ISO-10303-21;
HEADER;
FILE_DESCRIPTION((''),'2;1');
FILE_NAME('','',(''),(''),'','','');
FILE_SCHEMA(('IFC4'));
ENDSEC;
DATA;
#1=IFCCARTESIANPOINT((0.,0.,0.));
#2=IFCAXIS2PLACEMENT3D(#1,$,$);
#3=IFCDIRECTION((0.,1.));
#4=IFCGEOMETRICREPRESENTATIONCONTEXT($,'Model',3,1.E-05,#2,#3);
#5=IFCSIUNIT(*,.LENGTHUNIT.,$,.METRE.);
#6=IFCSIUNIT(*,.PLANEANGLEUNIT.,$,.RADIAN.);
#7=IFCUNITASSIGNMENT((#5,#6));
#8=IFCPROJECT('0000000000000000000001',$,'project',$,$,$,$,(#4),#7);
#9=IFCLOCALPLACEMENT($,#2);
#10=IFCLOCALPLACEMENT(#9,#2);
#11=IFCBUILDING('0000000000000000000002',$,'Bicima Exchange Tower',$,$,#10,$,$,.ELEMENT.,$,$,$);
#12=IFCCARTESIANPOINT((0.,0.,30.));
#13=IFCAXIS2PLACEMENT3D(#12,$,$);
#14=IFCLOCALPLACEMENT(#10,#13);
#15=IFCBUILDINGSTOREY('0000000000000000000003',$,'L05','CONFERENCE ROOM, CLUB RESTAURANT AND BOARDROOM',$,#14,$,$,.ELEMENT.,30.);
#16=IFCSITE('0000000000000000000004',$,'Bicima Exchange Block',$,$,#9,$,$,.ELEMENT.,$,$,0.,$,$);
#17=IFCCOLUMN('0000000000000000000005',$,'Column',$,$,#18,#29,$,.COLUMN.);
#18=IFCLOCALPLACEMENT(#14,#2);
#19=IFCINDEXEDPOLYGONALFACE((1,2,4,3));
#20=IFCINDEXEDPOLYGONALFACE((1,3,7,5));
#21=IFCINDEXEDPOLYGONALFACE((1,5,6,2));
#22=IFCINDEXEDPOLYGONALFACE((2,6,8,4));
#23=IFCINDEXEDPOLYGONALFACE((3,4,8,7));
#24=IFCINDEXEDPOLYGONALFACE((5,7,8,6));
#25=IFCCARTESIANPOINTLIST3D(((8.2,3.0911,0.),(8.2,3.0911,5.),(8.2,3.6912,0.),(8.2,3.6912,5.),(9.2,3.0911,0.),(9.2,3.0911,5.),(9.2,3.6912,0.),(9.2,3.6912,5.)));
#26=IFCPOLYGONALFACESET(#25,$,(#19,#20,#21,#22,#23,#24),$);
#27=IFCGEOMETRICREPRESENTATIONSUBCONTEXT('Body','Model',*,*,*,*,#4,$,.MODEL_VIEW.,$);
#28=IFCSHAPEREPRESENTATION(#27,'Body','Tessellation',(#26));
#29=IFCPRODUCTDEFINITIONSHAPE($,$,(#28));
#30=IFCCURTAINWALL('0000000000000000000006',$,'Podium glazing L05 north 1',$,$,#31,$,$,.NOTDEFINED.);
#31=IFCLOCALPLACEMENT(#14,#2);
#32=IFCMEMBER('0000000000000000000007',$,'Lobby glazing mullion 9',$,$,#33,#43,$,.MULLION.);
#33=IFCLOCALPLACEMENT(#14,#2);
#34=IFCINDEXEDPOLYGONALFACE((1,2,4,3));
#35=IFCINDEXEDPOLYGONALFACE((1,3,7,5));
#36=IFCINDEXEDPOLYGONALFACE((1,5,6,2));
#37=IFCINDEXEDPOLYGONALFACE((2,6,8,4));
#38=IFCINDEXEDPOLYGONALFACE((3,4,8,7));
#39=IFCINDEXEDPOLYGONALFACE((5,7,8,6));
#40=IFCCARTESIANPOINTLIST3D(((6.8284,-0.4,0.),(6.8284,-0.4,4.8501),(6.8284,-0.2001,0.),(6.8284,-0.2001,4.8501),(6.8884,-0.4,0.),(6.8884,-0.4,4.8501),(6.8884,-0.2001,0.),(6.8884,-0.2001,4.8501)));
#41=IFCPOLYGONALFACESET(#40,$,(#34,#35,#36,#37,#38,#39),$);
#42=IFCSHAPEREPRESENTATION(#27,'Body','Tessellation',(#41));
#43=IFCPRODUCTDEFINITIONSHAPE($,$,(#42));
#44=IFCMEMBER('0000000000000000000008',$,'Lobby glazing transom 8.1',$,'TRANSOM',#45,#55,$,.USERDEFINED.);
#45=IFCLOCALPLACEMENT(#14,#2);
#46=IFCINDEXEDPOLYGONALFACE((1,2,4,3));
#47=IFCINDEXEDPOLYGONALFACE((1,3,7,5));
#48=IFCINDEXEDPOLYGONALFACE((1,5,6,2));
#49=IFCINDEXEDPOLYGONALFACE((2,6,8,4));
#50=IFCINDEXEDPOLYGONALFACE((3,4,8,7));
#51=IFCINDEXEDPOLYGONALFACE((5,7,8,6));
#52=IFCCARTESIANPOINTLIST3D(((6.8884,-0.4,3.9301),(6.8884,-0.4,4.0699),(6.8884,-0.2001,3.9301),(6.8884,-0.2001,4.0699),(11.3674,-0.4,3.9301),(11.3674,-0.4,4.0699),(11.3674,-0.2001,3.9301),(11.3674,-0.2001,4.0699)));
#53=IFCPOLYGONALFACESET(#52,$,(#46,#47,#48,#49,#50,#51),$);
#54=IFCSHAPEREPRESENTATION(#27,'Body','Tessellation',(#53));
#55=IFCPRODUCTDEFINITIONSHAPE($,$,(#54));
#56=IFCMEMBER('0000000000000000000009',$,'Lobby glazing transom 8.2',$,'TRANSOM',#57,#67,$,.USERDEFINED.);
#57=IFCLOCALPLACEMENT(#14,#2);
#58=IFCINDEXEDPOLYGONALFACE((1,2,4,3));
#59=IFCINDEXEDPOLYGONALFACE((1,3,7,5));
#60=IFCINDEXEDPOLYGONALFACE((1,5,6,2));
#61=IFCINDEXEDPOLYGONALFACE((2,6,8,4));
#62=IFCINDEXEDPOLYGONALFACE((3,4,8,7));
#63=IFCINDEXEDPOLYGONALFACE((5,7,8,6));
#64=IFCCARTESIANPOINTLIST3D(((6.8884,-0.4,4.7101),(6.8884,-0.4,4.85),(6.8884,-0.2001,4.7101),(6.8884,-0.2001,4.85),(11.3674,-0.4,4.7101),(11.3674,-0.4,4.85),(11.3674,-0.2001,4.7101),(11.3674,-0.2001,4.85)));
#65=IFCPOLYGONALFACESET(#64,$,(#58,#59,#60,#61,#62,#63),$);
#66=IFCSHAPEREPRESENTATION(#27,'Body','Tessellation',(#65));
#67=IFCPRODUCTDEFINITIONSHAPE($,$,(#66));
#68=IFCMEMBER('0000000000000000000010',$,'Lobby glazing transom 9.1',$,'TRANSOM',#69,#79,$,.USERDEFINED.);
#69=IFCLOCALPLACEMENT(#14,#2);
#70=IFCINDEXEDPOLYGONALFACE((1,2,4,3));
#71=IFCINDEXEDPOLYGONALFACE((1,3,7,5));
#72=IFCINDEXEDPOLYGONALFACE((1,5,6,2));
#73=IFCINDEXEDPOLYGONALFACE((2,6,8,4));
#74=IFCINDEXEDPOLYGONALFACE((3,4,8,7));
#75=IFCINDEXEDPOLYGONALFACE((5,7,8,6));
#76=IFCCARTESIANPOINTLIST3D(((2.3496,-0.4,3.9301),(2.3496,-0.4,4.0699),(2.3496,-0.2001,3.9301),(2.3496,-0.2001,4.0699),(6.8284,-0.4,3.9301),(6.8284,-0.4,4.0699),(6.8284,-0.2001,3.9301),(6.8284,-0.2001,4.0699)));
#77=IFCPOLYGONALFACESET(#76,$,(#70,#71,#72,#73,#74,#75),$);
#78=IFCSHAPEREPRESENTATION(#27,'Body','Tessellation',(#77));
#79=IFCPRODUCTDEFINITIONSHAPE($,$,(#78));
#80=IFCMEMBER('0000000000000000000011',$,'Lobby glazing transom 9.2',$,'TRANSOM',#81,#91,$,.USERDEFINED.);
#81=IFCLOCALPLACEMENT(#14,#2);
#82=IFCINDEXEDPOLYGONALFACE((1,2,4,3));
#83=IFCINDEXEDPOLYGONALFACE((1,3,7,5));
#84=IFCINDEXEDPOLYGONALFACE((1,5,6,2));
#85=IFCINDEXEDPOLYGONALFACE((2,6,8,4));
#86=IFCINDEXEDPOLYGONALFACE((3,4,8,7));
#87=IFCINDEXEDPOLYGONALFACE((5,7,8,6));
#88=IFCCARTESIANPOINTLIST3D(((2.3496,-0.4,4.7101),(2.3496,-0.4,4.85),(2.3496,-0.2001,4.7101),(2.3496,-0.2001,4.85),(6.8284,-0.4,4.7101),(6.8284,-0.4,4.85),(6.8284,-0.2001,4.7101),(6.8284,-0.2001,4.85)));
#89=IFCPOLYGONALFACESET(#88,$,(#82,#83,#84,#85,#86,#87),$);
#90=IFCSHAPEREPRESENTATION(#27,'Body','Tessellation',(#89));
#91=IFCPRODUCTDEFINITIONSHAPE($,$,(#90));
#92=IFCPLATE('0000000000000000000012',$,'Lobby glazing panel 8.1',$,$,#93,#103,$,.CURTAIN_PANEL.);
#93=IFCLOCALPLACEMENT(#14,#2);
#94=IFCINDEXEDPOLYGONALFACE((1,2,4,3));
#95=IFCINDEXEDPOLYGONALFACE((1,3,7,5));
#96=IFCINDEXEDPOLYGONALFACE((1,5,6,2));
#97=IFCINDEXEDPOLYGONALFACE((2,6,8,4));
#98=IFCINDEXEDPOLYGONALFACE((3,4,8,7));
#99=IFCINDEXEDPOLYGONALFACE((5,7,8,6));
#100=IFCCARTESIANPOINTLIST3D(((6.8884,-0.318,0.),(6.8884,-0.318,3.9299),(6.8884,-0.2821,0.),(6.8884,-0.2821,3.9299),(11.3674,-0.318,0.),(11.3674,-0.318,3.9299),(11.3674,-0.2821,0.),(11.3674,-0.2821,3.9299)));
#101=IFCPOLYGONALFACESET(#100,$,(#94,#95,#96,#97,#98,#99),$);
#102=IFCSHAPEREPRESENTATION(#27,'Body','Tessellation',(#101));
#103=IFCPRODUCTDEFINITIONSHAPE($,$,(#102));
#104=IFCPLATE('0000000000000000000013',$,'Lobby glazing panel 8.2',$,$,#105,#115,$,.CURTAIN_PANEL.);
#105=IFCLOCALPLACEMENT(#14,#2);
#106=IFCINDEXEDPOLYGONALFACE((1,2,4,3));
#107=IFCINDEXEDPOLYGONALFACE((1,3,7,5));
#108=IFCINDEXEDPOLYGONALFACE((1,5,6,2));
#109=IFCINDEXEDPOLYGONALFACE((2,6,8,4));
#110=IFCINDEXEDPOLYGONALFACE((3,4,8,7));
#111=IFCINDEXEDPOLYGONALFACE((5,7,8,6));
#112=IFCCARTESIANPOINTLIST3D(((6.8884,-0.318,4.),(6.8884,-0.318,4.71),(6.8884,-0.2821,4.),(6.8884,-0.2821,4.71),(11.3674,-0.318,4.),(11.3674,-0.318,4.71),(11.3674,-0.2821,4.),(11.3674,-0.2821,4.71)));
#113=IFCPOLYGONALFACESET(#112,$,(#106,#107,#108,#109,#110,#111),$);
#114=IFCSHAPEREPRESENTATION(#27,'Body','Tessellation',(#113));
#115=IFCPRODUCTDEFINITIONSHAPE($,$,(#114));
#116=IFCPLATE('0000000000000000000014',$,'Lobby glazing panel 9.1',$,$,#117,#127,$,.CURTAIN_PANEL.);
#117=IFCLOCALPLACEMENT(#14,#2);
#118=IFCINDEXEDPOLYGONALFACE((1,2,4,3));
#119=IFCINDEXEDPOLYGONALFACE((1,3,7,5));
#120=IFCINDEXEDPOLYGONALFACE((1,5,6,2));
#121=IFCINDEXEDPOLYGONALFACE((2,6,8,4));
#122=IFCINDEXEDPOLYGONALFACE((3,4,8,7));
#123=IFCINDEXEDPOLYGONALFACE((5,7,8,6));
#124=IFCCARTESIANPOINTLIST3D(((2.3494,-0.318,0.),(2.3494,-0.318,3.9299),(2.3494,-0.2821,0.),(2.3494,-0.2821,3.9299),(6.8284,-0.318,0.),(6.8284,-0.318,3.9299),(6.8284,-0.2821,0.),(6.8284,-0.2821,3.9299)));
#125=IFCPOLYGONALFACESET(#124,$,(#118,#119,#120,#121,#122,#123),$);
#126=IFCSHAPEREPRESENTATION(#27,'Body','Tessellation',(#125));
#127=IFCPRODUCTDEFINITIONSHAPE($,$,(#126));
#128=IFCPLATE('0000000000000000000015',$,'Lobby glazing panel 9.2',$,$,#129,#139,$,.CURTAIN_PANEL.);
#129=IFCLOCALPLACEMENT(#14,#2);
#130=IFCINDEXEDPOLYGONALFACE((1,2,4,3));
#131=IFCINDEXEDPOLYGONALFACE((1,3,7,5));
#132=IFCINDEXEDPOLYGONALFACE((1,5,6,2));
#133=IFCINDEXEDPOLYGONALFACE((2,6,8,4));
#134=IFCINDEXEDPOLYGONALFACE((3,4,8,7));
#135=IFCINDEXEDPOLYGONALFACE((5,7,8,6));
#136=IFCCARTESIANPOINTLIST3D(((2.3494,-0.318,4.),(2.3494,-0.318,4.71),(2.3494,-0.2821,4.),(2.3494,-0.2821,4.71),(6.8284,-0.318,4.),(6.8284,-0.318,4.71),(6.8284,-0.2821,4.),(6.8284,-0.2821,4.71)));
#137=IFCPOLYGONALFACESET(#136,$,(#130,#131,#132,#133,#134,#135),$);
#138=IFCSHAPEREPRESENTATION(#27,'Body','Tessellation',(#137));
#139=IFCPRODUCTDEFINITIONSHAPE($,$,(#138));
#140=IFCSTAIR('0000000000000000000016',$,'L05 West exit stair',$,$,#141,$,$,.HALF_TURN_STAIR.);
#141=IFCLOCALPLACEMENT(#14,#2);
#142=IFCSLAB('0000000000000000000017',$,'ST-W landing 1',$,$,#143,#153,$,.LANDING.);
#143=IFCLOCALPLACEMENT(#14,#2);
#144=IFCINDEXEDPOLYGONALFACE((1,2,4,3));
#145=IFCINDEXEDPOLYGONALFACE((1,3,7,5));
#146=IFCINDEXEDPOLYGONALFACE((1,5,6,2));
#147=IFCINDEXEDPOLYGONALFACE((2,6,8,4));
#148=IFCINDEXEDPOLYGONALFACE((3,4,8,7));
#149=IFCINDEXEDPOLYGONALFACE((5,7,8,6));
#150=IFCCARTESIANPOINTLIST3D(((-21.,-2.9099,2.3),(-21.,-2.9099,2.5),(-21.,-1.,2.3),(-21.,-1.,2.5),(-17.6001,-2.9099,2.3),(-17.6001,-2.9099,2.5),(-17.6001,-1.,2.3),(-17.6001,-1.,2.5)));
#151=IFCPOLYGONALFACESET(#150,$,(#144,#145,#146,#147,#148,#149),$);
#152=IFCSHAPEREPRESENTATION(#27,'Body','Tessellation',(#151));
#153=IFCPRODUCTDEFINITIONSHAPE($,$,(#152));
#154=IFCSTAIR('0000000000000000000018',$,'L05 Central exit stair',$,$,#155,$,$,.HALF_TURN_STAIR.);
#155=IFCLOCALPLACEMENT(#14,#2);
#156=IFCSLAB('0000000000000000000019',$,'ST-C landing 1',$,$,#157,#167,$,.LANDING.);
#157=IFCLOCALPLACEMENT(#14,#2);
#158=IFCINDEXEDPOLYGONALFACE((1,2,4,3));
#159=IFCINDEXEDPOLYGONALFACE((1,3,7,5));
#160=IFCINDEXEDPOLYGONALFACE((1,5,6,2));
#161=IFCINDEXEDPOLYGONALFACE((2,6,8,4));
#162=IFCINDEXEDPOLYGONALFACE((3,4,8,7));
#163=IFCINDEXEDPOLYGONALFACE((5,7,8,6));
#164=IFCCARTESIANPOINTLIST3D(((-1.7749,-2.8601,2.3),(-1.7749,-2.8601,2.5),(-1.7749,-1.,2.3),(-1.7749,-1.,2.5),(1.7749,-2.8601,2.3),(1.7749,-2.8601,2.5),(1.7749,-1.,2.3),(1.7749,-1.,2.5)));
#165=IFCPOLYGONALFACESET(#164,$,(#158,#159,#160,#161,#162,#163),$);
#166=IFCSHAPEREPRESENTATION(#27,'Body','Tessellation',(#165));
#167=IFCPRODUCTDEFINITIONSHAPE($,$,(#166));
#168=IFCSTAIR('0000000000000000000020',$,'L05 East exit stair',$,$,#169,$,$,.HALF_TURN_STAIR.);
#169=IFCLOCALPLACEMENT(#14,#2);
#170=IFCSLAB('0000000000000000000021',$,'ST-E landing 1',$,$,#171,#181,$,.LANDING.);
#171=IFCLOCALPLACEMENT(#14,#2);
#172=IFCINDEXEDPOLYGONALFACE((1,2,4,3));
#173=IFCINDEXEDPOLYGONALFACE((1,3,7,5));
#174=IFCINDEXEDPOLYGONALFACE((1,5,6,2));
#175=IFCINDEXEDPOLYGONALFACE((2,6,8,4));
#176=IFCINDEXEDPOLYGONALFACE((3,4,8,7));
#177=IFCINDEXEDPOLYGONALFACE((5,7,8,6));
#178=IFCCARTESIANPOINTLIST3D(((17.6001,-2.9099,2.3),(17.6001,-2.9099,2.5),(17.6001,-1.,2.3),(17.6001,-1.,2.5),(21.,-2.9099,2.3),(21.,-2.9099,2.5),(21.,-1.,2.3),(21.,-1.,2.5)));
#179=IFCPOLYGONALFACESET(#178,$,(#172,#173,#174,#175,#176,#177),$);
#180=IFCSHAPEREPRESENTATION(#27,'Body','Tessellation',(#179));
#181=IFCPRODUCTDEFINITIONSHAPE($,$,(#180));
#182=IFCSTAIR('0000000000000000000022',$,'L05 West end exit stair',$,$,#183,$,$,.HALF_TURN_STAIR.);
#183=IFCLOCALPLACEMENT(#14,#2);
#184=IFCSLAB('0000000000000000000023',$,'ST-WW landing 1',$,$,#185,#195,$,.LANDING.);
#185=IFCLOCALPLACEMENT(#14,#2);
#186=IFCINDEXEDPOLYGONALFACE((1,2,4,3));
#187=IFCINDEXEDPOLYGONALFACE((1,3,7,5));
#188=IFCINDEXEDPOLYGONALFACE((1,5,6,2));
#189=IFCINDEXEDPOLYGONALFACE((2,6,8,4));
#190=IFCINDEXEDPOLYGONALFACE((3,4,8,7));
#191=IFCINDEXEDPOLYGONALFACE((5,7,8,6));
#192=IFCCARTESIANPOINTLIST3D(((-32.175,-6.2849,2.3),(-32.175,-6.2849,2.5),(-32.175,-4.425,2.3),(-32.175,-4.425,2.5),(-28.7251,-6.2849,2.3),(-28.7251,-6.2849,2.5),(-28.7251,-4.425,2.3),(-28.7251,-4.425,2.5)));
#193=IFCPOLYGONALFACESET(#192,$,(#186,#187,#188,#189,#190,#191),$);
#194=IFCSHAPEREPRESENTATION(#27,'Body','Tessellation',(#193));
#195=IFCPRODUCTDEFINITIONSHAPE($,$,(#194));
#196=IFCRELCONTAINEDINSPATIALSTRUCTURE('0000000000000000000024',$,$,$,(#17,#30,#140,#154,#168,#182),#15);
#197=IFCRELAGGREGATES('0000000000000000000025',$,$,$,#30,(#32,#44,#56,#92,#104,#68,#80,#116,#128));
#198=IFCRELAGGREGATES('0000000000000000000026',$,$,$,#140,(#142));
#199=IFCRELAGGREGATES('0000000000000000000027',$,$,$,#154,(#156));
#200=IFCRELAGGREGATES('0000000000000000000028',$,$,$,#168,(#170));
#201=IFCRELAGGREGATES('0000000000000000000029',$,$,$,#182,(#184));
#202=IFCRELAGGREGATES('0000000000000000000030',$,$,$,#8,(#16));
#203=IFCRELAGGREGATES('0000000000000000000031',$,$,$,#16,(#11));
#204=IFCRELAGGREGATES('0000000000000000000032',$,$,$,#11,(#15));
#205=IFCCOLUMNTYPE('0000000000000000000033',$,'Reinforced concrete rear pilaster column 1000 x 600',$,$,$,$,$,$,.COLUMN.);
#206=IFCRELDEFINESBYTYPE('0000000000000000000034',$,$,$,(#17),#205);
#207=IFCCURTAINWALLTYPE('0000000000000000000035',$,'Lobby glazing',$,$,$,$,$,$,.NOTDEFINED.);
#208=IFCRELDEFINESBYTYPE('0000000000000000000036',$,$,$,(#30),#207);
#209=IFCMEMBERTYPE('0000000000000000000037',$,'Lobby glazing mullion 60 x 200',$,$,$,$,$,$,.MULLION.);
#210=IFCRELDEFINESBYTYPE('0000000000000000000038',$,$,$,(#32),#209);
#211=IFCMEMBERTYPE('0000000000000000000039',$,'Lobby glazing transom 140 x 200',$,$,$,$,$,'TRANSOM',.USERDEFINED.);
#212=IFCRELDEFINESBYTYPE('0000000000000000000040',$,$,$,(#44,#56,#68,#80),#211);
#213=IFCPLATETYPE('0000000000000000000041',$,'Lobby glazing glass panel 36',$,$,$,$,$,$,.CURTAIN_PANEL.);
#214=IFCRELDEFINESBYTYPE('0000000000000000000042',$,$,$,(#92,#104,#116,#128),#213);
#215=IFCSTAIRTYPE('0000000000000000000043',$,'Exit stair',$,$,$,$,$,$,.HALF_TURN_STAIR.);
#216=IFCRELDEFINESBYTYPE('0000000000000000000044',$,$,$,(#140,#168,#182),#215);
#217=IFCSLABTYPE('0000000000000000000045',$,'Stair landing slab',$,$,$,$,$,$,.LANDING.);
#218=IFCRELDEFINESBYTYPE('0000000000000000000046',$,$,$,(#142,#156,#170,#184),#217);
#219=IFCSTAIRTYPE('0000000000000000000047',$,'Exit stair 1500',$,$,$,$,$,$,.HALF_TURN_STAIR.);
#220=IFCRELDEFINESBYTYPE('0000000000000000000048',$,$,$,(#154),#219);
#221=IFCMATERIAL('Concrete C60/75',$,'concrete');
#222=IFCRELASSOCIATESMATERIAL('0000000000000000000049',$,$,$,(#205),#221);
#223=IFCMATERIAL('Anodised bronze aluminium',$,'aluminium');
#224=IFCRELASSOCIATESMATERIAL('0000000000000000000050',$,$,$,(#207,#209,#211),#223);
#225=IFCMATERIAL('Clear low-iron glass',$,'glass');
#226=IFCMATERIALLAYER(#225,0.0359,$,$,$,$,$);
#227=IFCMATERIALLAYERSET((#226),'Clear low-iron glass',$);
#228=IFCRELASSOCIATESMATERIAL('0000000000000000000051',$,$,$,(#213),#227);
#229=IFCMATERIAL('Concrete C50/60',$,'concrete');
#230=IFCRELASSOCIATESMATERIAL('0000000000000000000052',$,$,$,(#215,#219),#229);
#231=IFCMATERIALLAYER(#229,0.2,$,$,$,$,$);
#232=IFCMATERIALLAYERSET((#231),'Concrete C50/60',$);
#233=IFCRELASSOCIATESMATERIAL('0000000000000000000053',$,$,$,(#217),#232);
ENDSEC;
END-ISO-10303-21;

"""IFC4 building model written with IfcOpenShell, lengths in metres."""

from ifc_helpers import new_model, si_unit, direction, frame, origin, origin_2d, place, context, subcontext, project, spatial, polyline, rectangle, outline, extrude, material, layer, layer_set, material_profile, profile_set, type_object, element, aggregate, save


model = new_model("IFC4")

# Units and contexts
model_context = context("Model", 3, precision=1e-05, world=origin(), true_north=direction((0.0, 1.0)))
body_context = subcontext(model_context, "Body", "Model", "MODEL_VIEW")
ifc_project = project(units=[si_unit("LENGTHUNIT", "METRE"), si_unit("PLANEANGLEUNIT", "RADIAN")], contexts=[model_context])

# Site, building, storey
site_placement = place(None, origin())
site = spatial("IfcSite", under=ifc_project, at=site_placement, Name="Bicima Exchange Block", CompositionType="ELEMENT", RefElevation=0.0)
building_placement = place(site_placement, origin())
building = spatial("IfcBuilding", under=site, at=building_placement, Name="Bicima Exchange Tower", CompositionType="ELEMENT")
storey_placement = place(building_placement, frame((0.0, 0.0, 30.0)))
storey = spatial("IfcBuildingStorey", under=building, at=storey_placement, Name="L05", Description="CONFERENCE ROOM, CLUB RESTAURANT AND BOARDROOM", CompositionType="ELEMENT", Elevation=30.0)

# Column
ifc_material_1 = material(Name="Concrete C60/75", Category="concrete")
ifc_material_profile_1 = material_profile(ifc_material_1, rectangle(XDim=1.0, YDim=0.6001, at=origin_2d()))
ifc_profile_set_1 = profile_set([ifc_material_profile_1], Name="Concrete C60/75")
column_type = type_object("IfcColumnType", Name="Reinforced concrete rear pilaster column 1000 x 600", PredefinedType="COLUMN", material=ifc_profile_set_1)
column_placement = place(storey_placement, frame((8.7, 3.3911, 0.0), z_axis=(0.0, 0.0, 1.0), x_axis=(1.0, 0.0, 0.0)))
element("IfcColumn", 1, at=column_placement, inside=storey, type_object=column_type, Name="Column", PredefinedType="COLUMN", context=body_context, shape_type="SweptSolid", body=[
    extrude(rectangle(XDim=1.0, YDim=0.6001, at=origin_2d()), origin(), (0.0, 0.0, 1.0), 5.0),
])

# Curtain wall, members, plates
ifc_material_2 = material(Name="Anodised bronze aluminium", Category="aluminium")
curtain_wall_type = type_object("IfcCurtainWallType", Name="Lobby glazing", PredefinedType="NOTDEFINED", material=ifc_material_2)
curtain_wall_placement = place(storey_placement, origin())
curtain_wall = element("IfcCurtainWall", 2, at=curtain_wall_placement, inside=storey, type_object=curtain_wall_type, Name="Podium glazing L05 north 1", PredefinedType="NOTDEFINED")
ifc_material_profile_2 = material_profile(ifc_material_2, rectangle(XDim=0.2, YDim=0.0601, at=origin_2d()))
ifc_profile_set_2 = profile_set([ifc_material_profile_2], Name="Anodised bronze aluminium")
member_type_1 = type_object("IfcMemberType", Name="Lobby glazing mullion 60 x 200", PredefinedType="MULLION", material=ifc_profile_set_2)
member_1_placement = place(storey_placement, frame((6.8584, -0.3, 0.0), z_axis=(0.0, 0.0, 1.0), x_axis=(0.0, -1.0, 0.0)))
member_1 = element("IfcMember", 3, at=member_1_placement, type_object=member_type_1, Name="Lobby glazing mullion 9", PredefinedType="MULLION", context=body_context, shape_type="SweptSolid", body=[
    extrude(rectangle(XDim=0.2, YDim=0.0601, at=origin_2d()), origin(), (0.0, 0.0, 1.0), 4.8501),
])
ifc_material_profile_3 = material_profile(ifc_material_2, rectangle(XDim=0.2, YDim=0.1399, at=origin_2d()))
ifc_profile_set_3 = profile_set([ifc_material_profile_3], Name="Anodised bronze aluminium")
member_type_2 = type_object("IfcMemberType", Name="Lobby glazing transom 140 x 200", ElementType="TRANSOM", PredefinedType="USERDEFINED", material=ifc_profile_set_3)
member_2_placement = place(storey_placement, frame((11.3674, -0.3, 4.0), z_axis=(-1.0, 0.0, 0.0), x_axis=(0.0, -1.0, 0.0)))
member_2 = element("IfcMember", 4, at=member_2_placement, type_object=member_type_2, Name="Lobby glazing transom 8.1", ObjectType="TRANSOM", PredefinedType="USERDEFINED", context=body_context, shape_type="SweptSolid", body=[
    extrude(rectangle(XDim=0.2, YDim=0.1399, at=origin_2d()), origin(), (0.0, 0.0, 1.0), 4.479),
])
member_3_placement = place(storey_placement, frame((11.3674, -0.3, 4.78), z_axis=(-1.0, 0.0, 0.0), x_axis=(0.0, -1.0, 0.0)))
member_3 = element("IfcMember", 5, at=member_3_placement, type_object=member_type_2, Name="Lobby glazing transom 8.2", ObjectType="TRANSOM", PredefinedType="USERDEFINED", context=body_context, shape_type="SweptSolid", body=[
    extrude(rectangle(XDim=0.2, YDim=0.1399, at=origin_2d()), origin(), (0.0, 0.0, 1.0), 4.479),
])
member_4_placement = place(storey_placement, frame((6.8284, -0.3, 4.0), z_axis=(-1.0, 0.0, 0.0), x_axis=(0.0, -1.0, 0.0)))
member_4 = element("IfcMember", 6, at=member_4_placement, type_object=member_type_2, Name="Lobby glazing transom 9.1", ObjectType="TRANSOM", PredefinedType="USERDEFINED", context=body_context, shape_type="SweptSolid", body=[
    extrude(rectangle(XDim=0.2, YDim=0.1399, at=origin_2d()), origin(), (0.0, 0.0, 1.0), 4.4788),
])
member_5_placement = place(storey_placement, frame((6.8284, -0.3, 4.78), z_axis=(-1.0, 0.0, 0.0), x_axis=(0.0, -1.0, 0.0)))
member_5 = element("IfcMember", 7, at=member_5_placement, type_object=member_type_2, Name="Lobby glazing transom 9.2", ObjectType="TRANSOM", PredefinedType="USERDEFINED", context=body_context, shape_type="SweptSolid", body=[
    extrude(rectangle(XDim=0.2, YDim=0.1399, at=origin_2d()), origin(), (0.0, 0.0, 1.0), 4.4788),
])
ifc_material_3 = material(Name="Clear low-iron glass", Category="glass")
ifc_layer_1 = layer(ifc_material_3, 0.0359)
ifc_layer_set_1 = layer_set([ifc_layer_1], Name="Clear low-iron glass")
plate_type = type_object("IfcPlateType", Name="Lobby glazing glass panel 36", PredefinedType="CURTAIN_PANEL", material=ifc_layer_set_1)
plate_1_placement = place(storey_placement, frame((9.1279, -0.3, 0.0), z_axis=(0.0, 0.0, 1.0), x_axis=(-1.0, 0.0, 0.0)))
plate_1 = element("IfcPlate", 8, at=plate_1_placement, type_object=plate_type, Name="Lobby glazing panel 8.1", PredefinedType="CURTAIN_PANEL", context=body_context, shape_type="SweptSolid", body=[
    extrude(rectangle(XDim=4.479, YDim=0.0359, at=origin_2d()), origin(), (0.0, 0.0, 1.0), 3.9299),
])
plate_2_placement = place(storey_placement, frame((9.1279, -0.3, 4.0), z_axis=(0.0, 0.0, 1.0), x_axis=(-1.0, 0.0, 0.0)))
plate_2 = element("IfcPlate", 9, at=plate_2_placement, type_object=plate_type, Name="Lobby glazing panel 8.2", PredefinedType="CURTAIN_PANEL", context=body_context, shape_type="SweptSolid", body=[
    extrude(rectangle(XDim=4.479, YDim=0.0359, at=origin_2d()), origin(), (0.0, 0.0, 1.0), 0.71),
])
plate_3_placement = place(storey_placement, frame((4.5889, -0.3, 0.0), z_axis=(0.0, 0.0, 1.0), x_axis=(-1.0, 0.0, 0.0)))
plate_3 = element("IfcPlate", 10, at=plate_3_placement, type_object=plate_type, Name="Lobby glazing panel 9.1", PredefinedType="CURTAIN_PANEL", context=body_context, shape_type="SweptSolid", body=[
    extrude(rectangle(XDim=4.479, YDim=0.0359, at=origin_2d()), origin(), (0.0, 0.0, 1.0), 3.9299),
])
plate_4_placement = place(storey_placement, frame((4.5889, -0.3, 4.0), z_axis=(0.0, 0.0, 1.0), x_axis=(-1.0, 0.0, 0.0)))
plate_4 = element("IfcPlate", 11, at=plate_4_placement, type_object=plate_type, Name="Lobby glazing panel 9.2", PredefinedType="CURTAIN_PANEL", context=body_context, shape_type="SweptSolid", body=[
    extrude(rectangle(XDim=4.479, YDim=0.0359, at=origin_2d()), origin(), (0.0, 0.0, 1.0), 0.71),
])
aggregate(curtain_wall, [member_1, member_2, member_3, plate_1, plate_2, member_4, member_5, plate_3, plate_4])

# Stairs, slabs
ifc_material_4 = material(Name="Concrete C50/60", Category="concrete")
stair_type_1 = type_object("IfcStairType", Name="Exit stair", PredefinedType="HALF_TURN_STAIR", material=ifc_material_4)
stair_1_placement = place(storey_placement, origin())
stair_1 = element("IfcStair", 12, at=stair_1_placement, inside=storey, type_object=stair_type_1, Name="L05 West exit stair", PredefinedType="HALF_TURN_STAIR")
ifc_layer_2 = layer(ifc_material_4, 0.2)
ifc_layer_set_2 = layer_set([ifc_layer_2], Name="Concrete C50/60")
slab_type = type_object("IfcSlabType", Name="Stair landing slab", PredefinedType="LANDING", material=ifc_layer_set_2)
slab_1_placement = place(storey_placement, frame((0.0, 0.0, 2.3)))
slab_1 = element("IfcSlab", 13, at=slab_1_placement, type_object=slab_type, Name="ST-W landing 1", PredefinedType="LANDING", context=body_context, shape_type="SweptSolid", body=[
    extrude(outline(polyline([(-17.6001, -2.9099), (-17.6001, -1.0), (-21.0, -1.0), (-21.0, -2.9099), (-17.6001, -2.9099)])), origin(), (0.0, 0.0, 1.0), 0.2),
])
aggregate(stair_1, [slab_1])
stair_type_2 = type_object("IfcStairType", Name="Exit stair 1500", PredefinedType="HALF_TURN_STAIR", material=ifc_material_4)
stair_2_placement = place(storey_placement, origin())
stair_2 = element("IfcStair", 14, at=stair_2_placement, inside=storey, type_object=stair_type_2, Name="L05 Central exit stair", PredefinedType="HALF_TURN_STAIR")
slab_2_placement = place(storey_placement, frame((0.0, 0.0, 2.3)))
slab_2 = element("IfcSlab", 15, at=slab_2_placement, type_object=slab_type, Name="ST-C landing 1", PredefinedType="LANDING", context=body_context, shape_type="SweptSolid", body=[
    extrude(outline(polyline([(1.7749, -2.8601), (1.7749, -1.0), (-1.7749, -1.0), (-1.7749, -2.8601), (1.7749, -2.8601)])), origin(), (0.0, 0.0, 1.0), 0.2),
])
aggregate(stair_2, [slab_2])
stair_3_placement = place(storey_placement, origin())
stair_3 = element("IfcStair", 16, at=stair_3_placement, inside=storey, type_object=stair_type_1, Name="L05 East exit stair", PredefinedType="HALF_TURN_STAIR")
slab_3_placement = place(storey_placement, frame((0.0, 0.0, 2.3)))
slab_3 = element("IfcSlab", 17, at=slab_3_placement, type_object=slab_type, Name="ST-E landing 1", PredefinedType="LANDING", context=body_context, shape_type="SweptSolid", body=[
    extrude(outline(polyline([(21.0, -2.9099), (21.0, -1.0), (17.6001, -1.0), (17.6001, -2.9099), (21.0, -2.9099)])), origin(), (0.0, 0.0, 1.0), 0.2),
])
aggregate(stair_3, [slab_3])
stair_4_placement = place(storey_placement, origin())
stair_4 = element("IfcStair", 18, at=stair_4_placement, inside=storey, type_object=stair_type_1, Name="L05 West end exit stair", PredefinedType="HALF_TURN_STAIR")
slab_4_placement = place(storey_placement, frame((0.0, 0.0, 2.3)))
slab_4 = element("IfcSlab", 19, at=slab_4_placement, type_object=slab_type, Name="ST-WW landing 1", PredefinedType="LANDING", context=body_context, shape_type="SweptSolid", body=[
    extrude(outline(polyline([(-28.7251, -6.2849), (-28.7251, -4.425), (-32.175, -4.425), (-32.175, -6.2849), (-28.7251, -6.2849)])), origin(), (0.0, 0.0, 1.0), 0.2),
])
aggregate(stair_4, [slab_4])

save(model, "model.ifc")
